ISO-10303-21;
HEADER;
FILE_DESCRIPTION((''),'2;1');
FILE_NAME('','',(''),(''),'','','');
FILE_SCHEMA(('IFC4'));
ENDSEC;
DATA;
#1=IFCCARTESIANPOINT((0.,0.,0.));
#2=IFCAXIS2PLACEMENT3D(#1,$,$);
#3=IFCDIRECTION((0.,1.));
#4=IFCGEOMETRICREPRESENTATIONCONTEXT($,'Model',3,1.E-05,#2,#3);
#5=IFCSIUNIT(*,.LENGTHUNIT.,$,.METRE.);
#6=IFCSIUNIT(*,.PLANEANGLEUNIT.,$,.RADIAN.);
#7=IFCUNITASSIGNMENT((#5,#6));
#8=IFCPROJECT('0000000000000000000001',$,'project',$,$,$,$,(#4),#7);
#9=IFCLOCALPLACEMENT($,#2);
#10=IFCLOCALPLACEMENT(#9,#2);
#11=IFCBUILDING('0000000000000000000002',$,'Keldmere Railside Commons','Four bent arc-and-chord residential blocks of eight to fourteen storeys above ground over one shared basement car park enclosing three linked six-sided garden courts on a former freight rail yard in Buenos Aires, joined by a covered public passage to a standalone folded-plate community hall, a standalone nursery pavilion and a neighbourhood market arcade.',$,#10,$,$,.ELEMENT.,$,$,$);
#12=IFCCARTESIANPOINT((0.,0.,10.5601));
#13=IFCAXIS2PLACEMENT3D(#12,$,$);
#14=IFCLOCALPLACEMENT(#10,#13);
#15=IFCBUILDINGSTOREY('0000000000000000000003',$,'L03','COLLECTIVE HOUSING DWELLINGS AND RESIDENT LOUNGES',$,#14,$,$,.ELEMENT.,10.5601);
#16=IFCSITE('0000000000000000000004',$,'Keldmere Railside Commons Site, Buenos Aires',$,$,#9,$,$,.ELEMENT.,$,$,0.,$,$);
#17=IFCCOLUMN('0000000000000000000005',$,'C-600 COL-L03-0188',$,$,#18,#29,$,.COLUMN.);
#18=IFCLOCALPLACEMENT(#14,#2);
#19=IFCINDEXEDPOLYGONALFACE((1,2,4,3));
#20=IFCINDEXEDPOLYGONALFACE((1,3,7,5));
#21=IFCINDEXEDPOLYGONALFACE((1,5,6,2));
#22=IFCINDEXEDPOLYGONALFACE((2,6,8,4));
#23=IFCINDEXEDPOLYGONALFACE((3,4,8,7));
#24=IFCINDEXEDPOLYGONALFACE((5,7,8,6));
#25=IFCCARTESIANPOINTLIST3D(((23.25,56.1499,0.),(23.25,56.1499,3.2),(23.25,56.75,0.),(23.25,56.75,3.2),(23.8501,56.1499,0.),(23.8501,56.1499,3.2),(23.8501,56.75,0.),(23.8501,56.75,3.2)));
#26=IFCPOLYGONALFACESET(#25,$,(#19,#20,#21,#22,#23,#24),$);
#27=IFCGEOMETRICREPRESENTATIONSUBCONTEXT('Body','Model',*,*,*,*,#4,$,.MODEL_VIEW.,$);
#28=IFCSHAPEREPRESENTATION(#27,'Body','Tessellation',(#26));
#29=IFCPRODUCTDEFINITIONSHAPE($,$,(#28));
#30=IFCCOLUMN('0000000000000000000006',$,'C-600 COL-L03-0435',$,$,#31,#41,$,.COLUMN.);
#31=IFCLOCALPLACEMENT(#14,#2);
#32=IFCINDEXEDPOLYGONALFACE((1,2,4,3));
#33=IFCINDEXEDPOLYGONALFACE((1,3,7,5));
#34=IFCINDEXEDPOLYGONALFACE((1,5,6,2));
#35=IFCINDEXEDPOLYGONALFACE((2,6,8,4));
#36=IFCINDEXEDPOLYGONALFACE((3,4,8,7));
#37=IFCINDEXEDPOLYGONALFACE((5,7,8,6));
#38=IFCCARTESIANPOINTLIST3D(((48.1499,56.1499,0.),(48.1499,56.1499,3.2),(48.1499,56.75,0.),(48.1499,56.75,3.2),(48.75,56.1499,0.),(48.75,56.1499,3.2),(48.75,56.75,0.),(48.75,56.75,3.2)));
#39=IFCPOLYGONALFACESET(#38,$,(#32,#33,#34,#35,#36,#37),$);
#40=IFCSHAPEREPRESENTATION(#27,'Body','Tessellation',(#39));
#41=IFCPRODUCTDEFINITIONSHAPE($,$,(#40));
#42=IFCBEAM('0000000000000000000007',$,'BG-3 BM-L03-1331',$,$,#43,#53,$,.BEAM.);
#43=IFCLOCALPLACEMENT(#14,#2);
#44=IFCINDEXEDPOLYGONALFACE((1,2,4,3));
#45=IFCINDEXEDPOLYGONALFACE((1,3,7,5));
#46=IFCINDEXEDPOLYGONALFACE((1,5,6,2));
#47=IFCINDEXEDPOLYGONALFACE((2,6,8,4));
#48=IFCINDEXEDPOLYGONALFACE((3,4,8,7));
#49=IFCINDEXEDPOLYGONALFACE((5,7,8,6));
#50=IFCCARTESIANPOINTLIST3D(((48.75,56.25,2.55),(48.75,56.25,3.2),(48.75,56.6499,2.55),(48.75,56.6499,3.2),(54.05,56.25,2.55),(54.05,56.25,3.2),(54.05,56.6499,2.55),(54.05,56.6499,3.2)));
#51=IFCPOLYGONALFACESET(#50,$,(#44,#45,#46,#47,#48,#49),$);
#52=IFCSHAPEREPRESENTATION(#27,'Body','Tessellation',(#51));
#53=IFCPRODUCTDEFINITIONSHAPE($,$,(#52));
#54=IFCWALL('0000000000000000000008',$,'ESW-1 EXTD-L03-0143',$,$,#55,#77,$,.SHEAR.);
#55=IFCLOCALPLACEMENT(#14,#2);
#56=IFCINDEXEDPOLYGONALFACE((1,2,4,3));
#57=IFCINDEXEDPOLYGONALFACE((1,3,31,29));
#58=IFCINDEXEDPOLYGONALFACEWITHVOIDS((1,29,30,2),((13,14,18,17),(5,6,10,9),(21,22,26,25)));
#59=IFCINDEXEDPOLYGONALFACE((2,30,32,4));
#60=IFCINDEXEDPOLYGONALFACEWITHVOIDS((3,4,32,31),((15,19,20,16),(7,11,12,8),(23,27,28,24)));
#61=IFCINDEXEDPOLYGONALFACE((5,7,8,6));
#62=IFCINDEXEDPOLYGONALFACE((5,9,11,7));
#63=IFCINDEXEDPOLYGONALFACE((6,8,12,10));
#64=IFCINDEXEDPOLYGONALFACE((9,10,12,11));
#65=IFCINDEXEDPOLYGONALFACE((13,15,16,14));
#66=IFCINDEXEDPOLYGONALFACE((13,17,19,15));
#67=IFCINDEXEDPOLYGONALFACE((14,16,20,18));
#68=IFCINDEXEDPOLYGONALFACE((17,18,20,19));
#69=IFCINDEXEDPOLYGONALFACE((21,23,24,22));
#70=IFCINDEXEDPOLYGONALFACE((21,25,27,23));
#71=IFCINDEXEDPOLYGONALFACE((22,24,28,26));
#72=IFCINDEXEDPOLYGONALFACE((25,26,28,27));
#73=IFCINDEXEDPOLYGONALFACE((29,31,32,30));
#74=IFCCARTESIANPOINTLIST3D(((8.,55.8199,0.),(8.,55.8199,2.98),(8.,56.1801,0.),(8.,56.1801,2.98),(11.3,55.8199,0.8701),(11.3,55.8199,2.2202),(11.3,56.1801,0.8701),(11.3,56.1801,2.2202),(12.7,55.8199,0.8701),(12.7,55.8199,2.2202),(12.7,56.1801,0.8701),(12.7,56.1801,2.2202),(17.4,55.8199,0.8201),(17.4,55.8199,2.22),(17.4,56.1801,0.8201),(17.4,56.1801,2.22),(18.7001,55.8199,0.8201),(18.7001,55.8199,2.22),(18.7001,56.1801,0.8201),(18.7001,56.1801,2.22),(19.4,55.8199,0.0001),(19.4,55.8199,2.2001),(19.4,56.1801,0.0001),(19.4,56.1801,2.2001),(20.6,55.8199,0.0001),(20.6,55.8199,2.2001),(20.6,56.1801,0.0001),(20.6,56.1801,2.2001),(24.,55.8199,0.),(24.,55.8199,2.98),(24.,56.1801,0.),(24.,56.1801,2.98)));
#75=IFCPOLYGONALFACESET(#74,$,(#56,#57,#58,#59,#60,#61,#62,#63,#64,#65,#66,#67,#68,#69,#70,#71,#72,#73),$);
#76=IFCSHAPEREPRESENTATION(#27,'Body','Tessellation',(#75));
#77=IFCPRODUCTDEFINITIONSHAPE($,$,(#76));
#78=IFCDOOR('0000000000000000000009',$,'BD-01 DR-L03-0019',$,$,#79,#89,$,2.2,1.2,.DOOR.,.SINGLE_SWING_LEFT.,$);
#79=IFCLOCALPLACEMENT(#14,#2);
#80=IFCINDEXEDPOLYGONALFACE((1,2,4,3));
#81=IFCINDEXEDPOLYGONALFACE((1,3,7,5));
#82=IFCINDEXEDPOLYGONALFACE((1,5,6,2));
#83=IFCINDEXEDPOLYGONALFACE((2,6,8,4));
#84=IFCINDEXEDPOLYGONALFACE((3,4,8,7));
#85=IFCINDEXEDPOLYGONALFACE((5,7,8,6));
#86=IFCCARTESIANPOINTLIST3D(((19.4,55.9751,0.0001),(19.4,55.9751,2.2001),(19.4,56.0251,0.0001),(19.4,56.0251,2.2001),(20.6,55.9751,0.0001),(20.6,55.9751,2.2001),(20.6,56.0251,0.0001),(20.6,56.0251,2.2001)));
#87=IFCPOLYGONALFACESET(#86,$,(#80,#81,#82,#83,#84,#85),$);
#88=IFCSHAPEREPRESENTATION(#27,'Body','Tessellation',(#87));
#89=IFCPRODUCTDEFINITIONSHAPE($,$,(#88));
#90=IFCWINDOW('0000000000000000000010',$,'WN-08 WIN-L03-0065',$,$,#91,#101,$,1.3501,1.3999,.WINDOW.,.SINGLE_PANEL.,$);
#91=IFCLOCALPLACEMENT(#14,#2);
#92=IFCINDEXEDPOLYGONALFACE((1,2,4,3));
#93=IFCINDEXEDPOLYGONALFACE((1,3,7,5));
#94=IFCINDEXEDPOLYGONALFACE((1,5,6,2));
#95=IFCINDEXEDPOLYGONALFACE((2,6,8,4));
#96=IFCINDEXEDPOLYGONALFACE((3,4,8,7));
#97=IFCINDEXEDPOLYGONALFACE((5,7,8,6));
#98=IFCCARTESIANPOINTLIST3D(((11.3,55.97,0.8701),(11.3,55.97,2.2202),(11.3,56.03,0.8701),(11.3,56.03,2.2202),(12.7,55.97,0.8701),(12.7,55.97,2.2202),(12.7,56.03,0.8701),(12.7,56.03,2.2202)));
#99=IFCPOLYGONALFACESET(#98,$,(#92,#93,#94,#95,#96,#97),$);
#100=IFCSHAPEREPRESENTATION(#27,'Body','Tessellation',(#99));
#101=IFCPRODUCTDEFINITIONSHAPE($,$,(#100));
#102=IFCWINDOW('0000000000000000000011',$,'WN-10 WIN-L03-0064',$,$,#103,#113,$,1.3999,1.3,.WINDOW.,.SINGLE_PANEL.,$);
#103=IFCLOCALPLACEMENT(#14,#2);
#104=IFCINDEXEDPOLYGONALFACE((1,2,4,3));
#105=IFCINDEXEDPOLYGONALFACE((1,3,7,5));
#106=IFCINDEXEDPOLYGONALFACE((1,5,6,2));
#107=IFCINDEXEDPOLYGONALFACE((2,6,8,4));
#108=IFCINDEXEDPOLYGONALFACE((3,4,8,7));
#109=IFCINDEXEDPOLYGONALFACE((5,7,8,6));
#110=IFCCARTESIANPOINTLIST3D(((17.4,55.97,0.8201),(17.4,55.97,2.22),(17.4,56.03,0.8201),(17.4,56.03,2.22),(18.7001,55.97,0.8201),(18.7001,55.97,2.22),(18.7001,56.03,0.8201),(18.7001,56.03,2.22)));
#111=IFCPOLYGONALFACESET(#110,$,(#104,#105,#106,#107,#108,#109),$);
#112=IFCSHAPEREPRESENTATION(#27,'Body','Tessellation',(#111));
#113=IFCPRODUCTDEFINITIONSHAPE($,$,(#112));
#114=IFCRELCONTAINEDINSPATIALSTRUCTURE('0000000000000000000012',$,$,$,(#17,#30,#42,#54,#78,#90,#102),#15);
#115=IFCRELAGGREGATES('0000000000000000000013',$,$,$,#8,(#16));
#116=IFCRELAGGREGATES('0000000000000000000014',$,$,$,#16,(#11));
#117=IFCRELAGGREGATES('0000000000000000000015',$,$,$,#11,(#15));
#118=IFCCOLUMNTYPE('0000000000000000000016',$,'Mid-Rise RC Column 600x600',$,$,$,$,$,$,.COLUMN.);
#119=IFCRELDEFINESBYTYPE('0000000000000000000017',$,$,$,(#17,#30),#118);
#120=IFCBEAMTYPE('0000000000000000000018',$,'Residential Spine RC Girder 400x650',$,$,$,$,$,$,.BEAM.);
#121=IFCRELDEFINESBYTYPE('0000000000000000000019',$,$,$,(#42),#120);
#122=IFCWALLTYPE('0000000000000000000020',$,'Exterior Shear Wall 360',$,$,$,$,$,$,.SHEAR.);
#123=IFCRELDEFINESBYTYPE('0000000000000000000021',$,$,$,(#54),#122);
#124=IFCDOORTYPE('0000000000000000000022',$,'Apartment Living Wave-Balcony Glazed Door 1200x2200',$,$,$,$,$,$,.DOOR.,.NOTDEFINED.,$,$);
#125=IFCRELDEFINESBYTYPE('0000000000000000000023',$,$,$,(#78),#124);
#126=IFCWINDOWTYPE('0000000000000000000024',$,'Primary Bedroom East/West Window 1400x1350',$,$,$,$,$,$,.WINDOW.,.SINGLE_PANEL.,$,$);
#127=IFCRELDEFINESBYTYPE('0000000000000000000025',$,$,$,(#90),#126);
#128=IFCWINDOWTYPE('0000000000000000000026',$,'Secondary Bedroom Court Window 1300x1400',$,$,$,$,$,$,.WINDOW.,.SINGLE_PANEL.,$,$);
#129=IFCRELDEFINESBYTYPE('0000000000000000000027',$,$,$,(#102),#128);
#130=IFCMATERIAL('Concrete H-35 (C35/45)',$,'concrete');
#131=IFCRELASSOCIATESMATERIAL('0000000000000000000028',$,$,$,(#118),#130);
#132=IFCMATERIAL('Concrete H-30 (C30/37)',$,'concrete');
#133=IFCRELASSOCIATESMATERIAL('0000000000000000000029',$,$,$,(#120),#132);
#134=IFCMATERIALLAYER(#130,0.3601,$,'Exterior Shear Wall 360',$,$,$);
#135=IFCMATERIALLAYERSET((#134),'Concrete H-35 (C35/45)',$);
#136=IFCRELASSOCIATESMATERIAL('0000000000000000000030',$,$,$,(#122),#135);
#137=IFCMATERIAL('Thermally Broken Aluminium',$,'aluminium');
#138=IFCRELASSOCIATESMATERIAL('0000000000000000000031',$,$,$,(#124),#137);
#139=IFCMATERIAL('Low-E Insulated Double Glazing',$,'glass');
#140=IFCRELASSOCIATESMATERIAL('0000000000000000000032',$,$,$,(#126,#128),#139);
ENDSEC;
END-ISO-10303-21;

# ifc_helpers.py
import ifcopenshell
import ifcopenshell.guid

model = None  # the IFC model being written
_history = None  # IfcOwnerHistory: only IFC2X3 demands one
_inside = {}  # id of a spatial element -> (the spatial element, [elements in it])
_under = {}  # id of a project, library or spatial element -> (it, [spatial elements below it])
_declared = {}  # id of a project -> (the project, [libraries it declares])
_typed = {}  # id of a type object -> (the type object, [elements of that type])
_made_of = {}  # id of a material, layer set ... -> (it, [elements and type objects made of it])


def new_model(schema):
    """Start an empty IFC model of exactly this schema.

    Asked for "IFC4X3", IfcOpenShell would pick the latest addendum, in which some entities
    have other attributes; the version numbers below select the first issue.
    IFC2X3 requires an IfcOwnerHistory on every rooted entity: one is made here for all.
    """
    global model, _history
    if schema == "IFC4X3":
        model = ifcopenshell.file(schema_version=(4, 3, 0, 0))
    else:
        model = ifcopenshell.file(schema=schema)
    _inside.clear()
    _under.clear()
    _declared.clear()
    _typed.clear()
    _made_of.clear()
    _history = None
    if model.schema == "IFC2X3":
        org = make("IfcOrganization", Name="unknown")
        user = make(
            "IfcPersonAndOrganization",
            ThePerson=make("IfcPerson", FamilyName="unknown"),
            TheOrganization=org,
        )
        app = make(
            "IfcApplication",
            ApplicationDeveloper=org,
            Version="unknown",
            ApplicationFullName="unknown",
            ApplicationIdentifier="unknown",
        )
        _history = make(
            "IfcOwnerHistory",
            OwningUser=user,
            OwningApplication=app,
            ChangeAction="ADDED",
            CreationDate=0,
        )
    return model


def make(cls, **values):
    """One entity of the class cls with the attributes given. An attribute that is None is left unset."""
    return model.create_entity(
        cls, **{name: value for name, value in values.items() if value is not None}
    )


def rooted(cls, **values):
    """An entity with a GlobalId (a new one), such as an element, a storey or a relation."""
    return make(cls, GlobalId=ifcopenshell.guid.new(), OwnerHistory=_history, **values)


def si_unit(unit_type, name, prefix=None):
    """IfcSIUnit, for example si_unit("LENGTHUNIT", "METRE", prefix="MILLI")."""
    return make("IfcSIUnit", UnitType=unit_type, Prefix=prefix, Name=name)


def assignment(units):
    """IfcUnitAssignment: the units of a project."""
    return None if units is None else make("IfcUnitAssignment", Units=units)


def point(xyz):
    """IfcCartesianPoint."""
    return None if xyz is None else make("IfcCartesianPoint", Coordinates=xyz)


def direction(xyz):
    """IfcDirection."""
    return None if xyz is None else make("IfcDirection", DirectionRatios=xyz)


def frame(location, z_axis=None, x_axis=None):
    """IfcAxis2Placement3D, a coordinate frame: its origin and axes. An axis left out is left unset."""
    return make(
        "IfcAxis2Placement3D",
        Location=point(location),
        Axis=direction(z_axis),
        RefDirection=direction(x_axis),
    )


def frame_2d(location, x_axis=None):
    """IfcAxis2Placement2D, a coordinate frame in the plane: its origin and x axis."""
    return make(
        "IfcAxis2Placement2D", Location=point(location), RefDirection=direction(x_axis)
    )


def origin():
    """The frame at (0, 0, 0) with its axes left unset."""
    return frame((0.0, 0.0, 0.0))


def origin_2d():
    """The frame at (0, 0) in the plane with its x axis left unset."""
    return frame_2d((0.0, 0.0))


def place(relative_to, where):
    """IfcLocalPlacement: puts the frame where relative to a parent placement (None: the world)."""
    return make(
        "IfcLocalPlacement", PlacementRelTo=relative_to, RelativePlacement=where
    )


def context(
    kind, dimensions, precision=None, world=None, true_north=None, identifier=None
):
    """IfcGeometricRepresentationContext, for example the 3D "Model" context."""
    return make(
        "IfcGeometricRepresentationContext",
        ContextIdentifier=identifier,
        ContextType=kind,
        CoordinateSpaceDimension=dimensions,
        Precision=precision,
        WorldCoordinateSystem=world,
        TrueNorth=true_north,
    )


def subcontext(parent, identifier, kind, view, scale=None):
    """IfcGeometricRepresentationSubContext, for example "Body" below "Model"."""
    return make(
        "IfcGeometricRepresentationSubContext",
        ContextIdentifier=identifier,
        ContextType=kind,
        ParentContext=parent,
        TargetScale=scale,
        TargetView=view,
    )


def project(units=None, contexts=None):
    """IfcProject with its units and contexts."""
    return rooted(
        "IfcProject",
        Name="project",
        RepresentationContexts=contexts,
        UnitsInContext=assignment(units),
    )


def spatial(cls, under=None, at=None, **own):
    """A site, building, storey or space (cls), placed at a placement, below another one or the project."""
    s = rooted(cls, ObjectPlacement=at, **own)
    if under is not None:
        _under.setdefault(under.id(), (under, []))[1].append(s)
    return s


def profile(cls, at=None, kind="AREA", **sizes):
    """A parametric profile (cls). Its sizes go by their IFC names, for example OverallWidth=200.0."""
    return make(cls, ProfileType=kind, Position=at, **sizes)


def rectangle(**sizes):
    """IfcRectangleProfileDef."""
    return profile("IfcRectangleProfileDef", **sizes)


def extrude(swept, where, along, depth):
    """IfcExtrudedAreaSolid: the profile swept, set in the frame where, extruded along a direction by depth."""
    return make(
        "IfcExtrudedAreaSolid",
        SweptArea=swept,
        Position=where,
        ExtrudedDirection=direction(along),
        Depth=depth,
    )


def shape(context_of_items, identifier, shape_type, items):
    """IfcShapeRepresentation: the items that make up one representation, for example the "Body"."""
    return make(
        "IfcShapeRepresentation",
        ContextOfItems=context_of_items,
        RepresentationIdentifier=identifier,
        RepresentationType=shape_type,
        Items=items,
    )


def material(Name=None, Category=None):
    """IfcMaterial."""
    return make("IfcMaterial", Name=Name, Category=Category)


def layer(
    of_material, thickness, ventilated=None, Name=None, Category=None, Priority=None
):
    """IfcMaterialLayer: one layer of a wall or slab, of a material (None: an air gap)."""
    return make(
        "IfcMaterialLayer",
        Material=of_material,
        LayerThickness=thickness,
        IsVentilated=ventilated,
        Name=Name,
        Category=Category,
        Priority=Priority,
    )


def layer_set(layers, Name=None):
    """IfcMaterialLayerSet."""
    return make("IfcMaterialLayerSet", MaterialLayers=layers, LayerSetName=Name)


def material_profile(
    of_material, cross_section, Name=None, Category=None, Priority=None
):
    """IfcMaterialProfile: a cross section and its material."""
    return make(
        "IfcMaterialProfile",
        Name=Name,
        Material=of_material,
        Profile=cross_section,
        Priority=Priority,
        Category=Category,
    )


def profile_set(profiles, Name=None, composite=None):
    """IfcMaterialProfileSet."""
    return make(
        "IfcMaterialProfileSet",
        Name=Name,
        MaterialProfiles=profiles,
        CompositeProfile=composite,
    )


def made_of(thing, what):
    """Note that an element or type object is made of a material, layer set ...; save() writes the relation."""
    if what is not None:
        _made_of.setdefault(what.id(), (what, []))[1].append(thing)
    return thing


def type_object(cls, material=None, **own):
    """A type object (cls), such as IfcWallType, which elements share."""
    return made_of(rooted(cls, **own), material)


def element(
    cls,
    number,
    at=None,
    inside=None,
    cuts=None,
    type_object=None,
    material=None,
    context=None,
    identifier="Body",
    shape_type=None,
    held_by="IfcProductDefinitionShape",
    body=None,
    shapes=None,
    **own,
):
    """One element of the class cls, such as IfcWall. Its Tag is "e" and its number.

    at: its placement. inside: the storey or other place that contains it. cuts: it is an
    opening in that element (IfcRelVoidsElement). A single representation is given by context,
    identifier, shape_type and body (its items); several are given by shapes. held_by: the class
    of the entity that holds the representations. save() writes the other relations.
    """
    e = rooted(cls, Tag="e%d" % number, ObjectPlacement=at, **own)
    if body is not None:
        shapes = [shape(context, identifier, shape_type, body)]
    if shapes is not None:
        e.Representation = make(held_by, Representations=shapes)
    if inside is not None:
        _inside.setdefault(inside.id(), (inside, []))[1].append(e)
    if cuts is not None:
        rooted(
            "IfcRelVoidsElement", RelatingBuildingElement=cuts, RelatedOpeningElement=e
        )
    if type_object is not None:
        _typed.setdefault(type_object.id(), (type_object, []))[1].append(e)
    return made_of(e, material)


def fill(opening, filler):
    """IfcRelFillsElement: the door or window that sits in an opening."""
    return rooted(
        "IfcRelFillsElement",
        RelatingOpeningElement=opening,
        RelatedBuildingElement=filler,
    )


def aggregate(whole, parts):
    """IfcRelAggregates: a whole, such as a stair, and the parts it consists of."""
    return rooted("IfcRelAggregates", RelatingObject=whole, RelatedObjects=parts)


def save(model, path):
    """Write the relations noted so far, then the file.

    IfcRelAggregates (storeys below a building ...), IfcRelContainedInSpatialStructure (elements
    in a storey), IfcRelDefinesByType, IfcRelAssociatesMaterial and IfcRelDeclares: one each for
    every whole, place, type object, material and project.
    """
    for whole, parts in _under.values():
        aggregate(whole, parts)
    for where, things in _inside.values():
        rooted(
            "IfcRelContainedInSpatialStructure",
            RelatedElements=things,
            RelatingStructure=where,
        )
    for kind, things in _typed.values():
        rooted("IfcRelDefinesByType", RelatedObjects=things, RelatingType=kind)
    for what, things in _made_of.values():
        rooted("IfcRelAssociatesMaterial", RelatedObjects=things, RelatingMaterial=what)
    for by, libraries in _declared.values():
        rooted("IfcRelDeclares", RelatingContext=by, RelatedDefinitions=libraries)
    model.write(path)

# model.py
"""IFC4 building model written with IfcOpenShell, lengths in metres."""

from ifc_helpers import new_model, si_unit, direction, frame, frame_2d, origin, origin_2d, place, context, subcontext, project, spatial, rectangle, extrude, material, layer, layer_set, material_profile, profile_set, type_object, element, fill, save


model = new_model("IFC4")

# Units and contexts
model_context = context("Model", 3, precision=1e-05, world=origin(), true_north=direction((0.0, 1.0)))
body_context = subcontext(model_context, "Body", "Model", "MODEL_VIEW")
ifc_project = project(units=[si_unit("LENGTHUNIT", "METRE"), si_unit("PLANEANGLEUNIT", "RADIAN")], contexts=[model_context])

# Site, building, storey
site_placement = place(None, origin())
site = spatial("IfcSite", under=ifc_project, at=site_placement, Name="Keldmere Railside Commons Site, Buenos Aires", CompositionType="ELEMENT", RefElevation=0.0)
building_placement = place(site_placement, origin())
building = spatial("IfcBuilding", under=site, at=building_placement, Name="Keldmere Railside Commons", Description="Four bent arc-and-chord residential blocks of eight to fourteen storeys above ground over one shared basement car park enclosing three linked six-sided garden courts on a former freight rail yard in Buenos Aires, joined by a covered public passage to a standalone folded-plate community hall, a standalone nursery pavilion and a neighbourhood market arcade.", CompositionType="ELEMENT")
storey_placement = place(building_placement, frame((0.0, 0.0, 10.5601)))
storey = spatial("IfcBuildingStorey", under=building, at=storey_placement, Name="L03", Description="COLLECTIVE HOUSING DWELLINGS AND RESIDENT LOUNGES", CompositionType="ELEMENT", Elevation=10.5601)

# Columns
ifc_material_1 = material(Name="Concrete H-35 (C35/45)", Category="concrete")
ifc_material_profile_1 = material_profile(ifc_material_1, rectangle(XDim=0.6001, YDim=0.6001, at=origin_2d()), Name="RC-600x600")
ifc_profile_set_1 = profile_set([ifc_material_profile_1], Name="Concrete H-35 (C35/45)")
column_type = type_object("IfcColumnType", Name="Mid-Rise RC Column 600x600", PredefinedType="COLUMN", material=ifc_profile_set_1)
for number, where, z_axis, x_axis, name in (
    (1, (23.55, 56.45, 0.0), (0.0, 0.0, 1.0), (1.0, 0.0, 0.0), "C-600 COL-L03-0188"),
    (2, (48.45, 56.45, 0.0), (0.0, 0.0, 1.0), (1.0, 0.0, 0.0), "C-600 COL-L03-0435"),
):
    element("IfcColumn", number, at=place(storey_placement, frame(where, z_axis=z_axis, x_axis=x_axis)), inside=storey, type_object=column_type, Name=name, PredefinedType="COLUMN", context=body_context, shape_type="SweptSolid", body=[
        extrude(rectangle(XDim=0.6001, YDim=0.6001, at=origin_2d()), origin(), (0.0, 0.0, 1.0), 3.2),
    ])

# Beam
ifc_material_2 = material(Name="Concrete H-30 (C30/37)", Category="concrete")
ifc_material_profile_2 = material_profile(ifc_material_2, rectangle(XDim=0.3999, YDim=0.6499, at=origin_2d()), Name="RC-400x650")
ifc_profile_set_2 = profile_set([ifc_material_profile_2], Name="Concrete H-30 (C30/37)")
beam_type = type_object("IfcBeamType", Name="Residential Spine RC Girder 400x650", PredefinedType="BEAM", material=ifc_profile_set_2)
beam_placement = place(storey_placement, frame((48.75, 56.45, 2.875), z_axis=(1.0, 0.0, 0.0), x_axis=(0.0, 1.0, 0.0)))
element("IfcBeam", 3, at=beam_placement, inside=storey, type_object=beam_type, Name="BG-3 BM-L03-1331", PredefinedType="BEAM", context=body_context, shape_type="SweptSolid", body=[
    extrude(rectangle(XDim=0.3999, YDim=0.6499, at=origin_2d()), origin(), (0.0, 0.0, 1.0), 5.3),
])

# Wall, openings, door, windows
ifc_layer_1 = layer(ifc_material_1, 0.3601, Name="Exterior Shear Wall 360")
ifc_layer_set_1 = layer_set([ifc_layer_1], Name="Concrete H-35 (C35/45)")
wall_type_1 = type_object("IfcWallType", Name="Exterior Shear Wall 360", PredefinedType="SHEAR", material=ifc_layer_set_1)
wall_1_placement = place(storey_placement, frame((24.0, 56.0, 0.0), z_axis=(0.0, 0.0, 1.0), x_axis=(-1.0, 0.0, 0.0)))
wall_1 = element("IfcWall", 4, at=wall_1_placement, inside=storey, type_object=wall_type_1, Name="ESW-1 EXTD-L03-0143", PredefinedType="SHEAR", context=body_context, shape_type="SweptSolid", body=[
    extrude(rectangle(XDim=16.0, YDim=0.3601, at=frame_2d((8.0, 0.0))), origin(), (0.0, 0.0, 1.0), 2.98),
])
opening_1_placement = place(wall_1_placement, frame((3.3999, 0.0, 0.0)))
opening_1 = element("IfcOpeningElement", 5, at=opening_1_placement, cuts=wall_1, PredefinedType="OPENING", context=body_context, shape_type="SweptSolid", body=[
    extrude(rectangle(XDim=1.2, YDim=2.2, at=frame_2d((0.6001, 1.1001))), frame((0.0, 0.1899, 0.0), z_axis=(0.0, -1.0, 0.0), x_axis=(1.0, 0.0, 0.0)), (0.0, 0.0, 1.0), 0.3801),
])
opening_2_placement = place(wall_1_placement, frame((5.3, 0.0, 0.8201)))
opening_2 = element("IfcOpeningElement", 6, at=opening_2_placement, cuts=wall_1, PredefinedType="OPENING", context=body_context, shape_type="SweptSolid", body=[
    extrude(rectangle(XDim=1.3, YDim=1.3999, at=frame_2d((0.6499, 0.7))), frame((0.0, 0.1899, 0.0), z_axis=(0.0, -1.0, 0.0), x_axis=(1.0, 0.0, 0.0)), (0.0, 0.0, 1.0), 0.3801),
])
opening_3_placement = place(wall_1_placement, frame((11.3, 0.0, 0.8701)))
opening_3 = element("IfcOpeningElement", 7, at=opening_3_placement, cuts=wall_1, PredefinedType="OPENING", context=body_context, shape_type="SweptSolid", body=[
    extrude(rectangle(XDim=1.3999, YDim=1.3501, at=frame_2d((0.7, 0.675))), frame((0.0, 0.1899, 0.0), z_axis=(0.0, -1.0, 0.0), x_axis=(1.0, 0.0, 0.0)), (0.0, 0.0, 1.0), 0.3801),
])
ifc_material_3 = material(Name="Thermally Broken Aluminium", Category="aluminium")
door_type = type_object("IfcDoorType", Name="Apartment Living Wave-Balcony Glazed Door 1200x2200", OperationType="NOTDEFINED", PredefinedType="DOOR", material=ifc_material_3)
door_1_placement = place(opening_1_placement, origin())
door_1 = element("IfcDoor", 8, at=door_1_placement, inside=storey, type_object=door_type, Name="BD-01 DR-L03-0019", OperationType="SINGLE_SWING_LEFT", OverallHeight=2.2, OverallWidth=1.2, PredefinedType="DOOR", context=body_context, shape_type="SweptSolid", body=[
    extrude(rectangle(XDim=1.2, YDim=2.2, at=frame_2d((0.6001, 1.1001))), frame((0.0, 0.0249, 0.0), z_axis=(0.0, -1.0, 0.0), x_axis=(1.0, 0.0, 0.0)), (0.0, 0.0, 1.0), 0.05),
])
fill(opening_1, door_1)
ifc_material_4 = material(Name="Low-E Insulated Double Glazing", Category="glass")
window_type_1 = type_object("IfcWindowType", Name="Primary Bedroom East/West Window 1400x1350", PartitioningType="SINGLE_PANEL", PredefinedType="WINDOW", material=ifc_material_4)
window_1_placement = place(opening_3_placement, origin())
window_1 = element("IfcWindow", 9, at=window_1_placement, inside=storey, type_object=window_type_1, Name="WN-08 WIN-L03-0065", OverallHeight=1.3501, OverallWidth=1.3999, PartitioningType="SINGLE_PANEL", PredefinedType="WINDOW", context=body_context, shape_type="SweptSolid", body=[
    extrude(rectangle(XDim=1.3999, YDim=1.3501, at=frame_2d((0.7, 0.675))), frame((0.0, 0.03, 0.0), z_axis=(0.0, -1.0, 0.0), x_axis=(1.0, 0.0, 0.0)), (0.0, 0.0, 1.0), 0.0601),
])
fill(opening_3, window_1)
window_type_2 = type_object("IfcWindowType", Name="Secondary Bedroom Court Window 1300x1400", PartitioningType="SINGLE_PANEL", PredefinedType="WINDOW", material=ifc_material_4)
window_2_placement = place(opening_2_placement, origin())
window_2 = element("IfcWindow", 10, at=window_2_placement, inside=storey, type_object=window_type_2, Name="WN-10 WIN-L03-0064", OverallHeight=1.3999, OverallWidth=1.3, PartitioningType="SINGLE_PANEL", PredefinedType="WINDOW", context=body_context, shape_type="SweptSolid", body=[
    extrude(rectangle(XDim=1.3, YDim=1.3999, at=frame_2d((0.6499, 0.7))), frame((0.0, 0.03, 0.0), z_axis=(0.0, -1.0, 0.0), x_axis=(1.0, 0.0, 0.0)), (0.0, 0.0, 1.0), 0.0601),
])
fill(opening_2, window_2)

save(model, "model.ifc")
